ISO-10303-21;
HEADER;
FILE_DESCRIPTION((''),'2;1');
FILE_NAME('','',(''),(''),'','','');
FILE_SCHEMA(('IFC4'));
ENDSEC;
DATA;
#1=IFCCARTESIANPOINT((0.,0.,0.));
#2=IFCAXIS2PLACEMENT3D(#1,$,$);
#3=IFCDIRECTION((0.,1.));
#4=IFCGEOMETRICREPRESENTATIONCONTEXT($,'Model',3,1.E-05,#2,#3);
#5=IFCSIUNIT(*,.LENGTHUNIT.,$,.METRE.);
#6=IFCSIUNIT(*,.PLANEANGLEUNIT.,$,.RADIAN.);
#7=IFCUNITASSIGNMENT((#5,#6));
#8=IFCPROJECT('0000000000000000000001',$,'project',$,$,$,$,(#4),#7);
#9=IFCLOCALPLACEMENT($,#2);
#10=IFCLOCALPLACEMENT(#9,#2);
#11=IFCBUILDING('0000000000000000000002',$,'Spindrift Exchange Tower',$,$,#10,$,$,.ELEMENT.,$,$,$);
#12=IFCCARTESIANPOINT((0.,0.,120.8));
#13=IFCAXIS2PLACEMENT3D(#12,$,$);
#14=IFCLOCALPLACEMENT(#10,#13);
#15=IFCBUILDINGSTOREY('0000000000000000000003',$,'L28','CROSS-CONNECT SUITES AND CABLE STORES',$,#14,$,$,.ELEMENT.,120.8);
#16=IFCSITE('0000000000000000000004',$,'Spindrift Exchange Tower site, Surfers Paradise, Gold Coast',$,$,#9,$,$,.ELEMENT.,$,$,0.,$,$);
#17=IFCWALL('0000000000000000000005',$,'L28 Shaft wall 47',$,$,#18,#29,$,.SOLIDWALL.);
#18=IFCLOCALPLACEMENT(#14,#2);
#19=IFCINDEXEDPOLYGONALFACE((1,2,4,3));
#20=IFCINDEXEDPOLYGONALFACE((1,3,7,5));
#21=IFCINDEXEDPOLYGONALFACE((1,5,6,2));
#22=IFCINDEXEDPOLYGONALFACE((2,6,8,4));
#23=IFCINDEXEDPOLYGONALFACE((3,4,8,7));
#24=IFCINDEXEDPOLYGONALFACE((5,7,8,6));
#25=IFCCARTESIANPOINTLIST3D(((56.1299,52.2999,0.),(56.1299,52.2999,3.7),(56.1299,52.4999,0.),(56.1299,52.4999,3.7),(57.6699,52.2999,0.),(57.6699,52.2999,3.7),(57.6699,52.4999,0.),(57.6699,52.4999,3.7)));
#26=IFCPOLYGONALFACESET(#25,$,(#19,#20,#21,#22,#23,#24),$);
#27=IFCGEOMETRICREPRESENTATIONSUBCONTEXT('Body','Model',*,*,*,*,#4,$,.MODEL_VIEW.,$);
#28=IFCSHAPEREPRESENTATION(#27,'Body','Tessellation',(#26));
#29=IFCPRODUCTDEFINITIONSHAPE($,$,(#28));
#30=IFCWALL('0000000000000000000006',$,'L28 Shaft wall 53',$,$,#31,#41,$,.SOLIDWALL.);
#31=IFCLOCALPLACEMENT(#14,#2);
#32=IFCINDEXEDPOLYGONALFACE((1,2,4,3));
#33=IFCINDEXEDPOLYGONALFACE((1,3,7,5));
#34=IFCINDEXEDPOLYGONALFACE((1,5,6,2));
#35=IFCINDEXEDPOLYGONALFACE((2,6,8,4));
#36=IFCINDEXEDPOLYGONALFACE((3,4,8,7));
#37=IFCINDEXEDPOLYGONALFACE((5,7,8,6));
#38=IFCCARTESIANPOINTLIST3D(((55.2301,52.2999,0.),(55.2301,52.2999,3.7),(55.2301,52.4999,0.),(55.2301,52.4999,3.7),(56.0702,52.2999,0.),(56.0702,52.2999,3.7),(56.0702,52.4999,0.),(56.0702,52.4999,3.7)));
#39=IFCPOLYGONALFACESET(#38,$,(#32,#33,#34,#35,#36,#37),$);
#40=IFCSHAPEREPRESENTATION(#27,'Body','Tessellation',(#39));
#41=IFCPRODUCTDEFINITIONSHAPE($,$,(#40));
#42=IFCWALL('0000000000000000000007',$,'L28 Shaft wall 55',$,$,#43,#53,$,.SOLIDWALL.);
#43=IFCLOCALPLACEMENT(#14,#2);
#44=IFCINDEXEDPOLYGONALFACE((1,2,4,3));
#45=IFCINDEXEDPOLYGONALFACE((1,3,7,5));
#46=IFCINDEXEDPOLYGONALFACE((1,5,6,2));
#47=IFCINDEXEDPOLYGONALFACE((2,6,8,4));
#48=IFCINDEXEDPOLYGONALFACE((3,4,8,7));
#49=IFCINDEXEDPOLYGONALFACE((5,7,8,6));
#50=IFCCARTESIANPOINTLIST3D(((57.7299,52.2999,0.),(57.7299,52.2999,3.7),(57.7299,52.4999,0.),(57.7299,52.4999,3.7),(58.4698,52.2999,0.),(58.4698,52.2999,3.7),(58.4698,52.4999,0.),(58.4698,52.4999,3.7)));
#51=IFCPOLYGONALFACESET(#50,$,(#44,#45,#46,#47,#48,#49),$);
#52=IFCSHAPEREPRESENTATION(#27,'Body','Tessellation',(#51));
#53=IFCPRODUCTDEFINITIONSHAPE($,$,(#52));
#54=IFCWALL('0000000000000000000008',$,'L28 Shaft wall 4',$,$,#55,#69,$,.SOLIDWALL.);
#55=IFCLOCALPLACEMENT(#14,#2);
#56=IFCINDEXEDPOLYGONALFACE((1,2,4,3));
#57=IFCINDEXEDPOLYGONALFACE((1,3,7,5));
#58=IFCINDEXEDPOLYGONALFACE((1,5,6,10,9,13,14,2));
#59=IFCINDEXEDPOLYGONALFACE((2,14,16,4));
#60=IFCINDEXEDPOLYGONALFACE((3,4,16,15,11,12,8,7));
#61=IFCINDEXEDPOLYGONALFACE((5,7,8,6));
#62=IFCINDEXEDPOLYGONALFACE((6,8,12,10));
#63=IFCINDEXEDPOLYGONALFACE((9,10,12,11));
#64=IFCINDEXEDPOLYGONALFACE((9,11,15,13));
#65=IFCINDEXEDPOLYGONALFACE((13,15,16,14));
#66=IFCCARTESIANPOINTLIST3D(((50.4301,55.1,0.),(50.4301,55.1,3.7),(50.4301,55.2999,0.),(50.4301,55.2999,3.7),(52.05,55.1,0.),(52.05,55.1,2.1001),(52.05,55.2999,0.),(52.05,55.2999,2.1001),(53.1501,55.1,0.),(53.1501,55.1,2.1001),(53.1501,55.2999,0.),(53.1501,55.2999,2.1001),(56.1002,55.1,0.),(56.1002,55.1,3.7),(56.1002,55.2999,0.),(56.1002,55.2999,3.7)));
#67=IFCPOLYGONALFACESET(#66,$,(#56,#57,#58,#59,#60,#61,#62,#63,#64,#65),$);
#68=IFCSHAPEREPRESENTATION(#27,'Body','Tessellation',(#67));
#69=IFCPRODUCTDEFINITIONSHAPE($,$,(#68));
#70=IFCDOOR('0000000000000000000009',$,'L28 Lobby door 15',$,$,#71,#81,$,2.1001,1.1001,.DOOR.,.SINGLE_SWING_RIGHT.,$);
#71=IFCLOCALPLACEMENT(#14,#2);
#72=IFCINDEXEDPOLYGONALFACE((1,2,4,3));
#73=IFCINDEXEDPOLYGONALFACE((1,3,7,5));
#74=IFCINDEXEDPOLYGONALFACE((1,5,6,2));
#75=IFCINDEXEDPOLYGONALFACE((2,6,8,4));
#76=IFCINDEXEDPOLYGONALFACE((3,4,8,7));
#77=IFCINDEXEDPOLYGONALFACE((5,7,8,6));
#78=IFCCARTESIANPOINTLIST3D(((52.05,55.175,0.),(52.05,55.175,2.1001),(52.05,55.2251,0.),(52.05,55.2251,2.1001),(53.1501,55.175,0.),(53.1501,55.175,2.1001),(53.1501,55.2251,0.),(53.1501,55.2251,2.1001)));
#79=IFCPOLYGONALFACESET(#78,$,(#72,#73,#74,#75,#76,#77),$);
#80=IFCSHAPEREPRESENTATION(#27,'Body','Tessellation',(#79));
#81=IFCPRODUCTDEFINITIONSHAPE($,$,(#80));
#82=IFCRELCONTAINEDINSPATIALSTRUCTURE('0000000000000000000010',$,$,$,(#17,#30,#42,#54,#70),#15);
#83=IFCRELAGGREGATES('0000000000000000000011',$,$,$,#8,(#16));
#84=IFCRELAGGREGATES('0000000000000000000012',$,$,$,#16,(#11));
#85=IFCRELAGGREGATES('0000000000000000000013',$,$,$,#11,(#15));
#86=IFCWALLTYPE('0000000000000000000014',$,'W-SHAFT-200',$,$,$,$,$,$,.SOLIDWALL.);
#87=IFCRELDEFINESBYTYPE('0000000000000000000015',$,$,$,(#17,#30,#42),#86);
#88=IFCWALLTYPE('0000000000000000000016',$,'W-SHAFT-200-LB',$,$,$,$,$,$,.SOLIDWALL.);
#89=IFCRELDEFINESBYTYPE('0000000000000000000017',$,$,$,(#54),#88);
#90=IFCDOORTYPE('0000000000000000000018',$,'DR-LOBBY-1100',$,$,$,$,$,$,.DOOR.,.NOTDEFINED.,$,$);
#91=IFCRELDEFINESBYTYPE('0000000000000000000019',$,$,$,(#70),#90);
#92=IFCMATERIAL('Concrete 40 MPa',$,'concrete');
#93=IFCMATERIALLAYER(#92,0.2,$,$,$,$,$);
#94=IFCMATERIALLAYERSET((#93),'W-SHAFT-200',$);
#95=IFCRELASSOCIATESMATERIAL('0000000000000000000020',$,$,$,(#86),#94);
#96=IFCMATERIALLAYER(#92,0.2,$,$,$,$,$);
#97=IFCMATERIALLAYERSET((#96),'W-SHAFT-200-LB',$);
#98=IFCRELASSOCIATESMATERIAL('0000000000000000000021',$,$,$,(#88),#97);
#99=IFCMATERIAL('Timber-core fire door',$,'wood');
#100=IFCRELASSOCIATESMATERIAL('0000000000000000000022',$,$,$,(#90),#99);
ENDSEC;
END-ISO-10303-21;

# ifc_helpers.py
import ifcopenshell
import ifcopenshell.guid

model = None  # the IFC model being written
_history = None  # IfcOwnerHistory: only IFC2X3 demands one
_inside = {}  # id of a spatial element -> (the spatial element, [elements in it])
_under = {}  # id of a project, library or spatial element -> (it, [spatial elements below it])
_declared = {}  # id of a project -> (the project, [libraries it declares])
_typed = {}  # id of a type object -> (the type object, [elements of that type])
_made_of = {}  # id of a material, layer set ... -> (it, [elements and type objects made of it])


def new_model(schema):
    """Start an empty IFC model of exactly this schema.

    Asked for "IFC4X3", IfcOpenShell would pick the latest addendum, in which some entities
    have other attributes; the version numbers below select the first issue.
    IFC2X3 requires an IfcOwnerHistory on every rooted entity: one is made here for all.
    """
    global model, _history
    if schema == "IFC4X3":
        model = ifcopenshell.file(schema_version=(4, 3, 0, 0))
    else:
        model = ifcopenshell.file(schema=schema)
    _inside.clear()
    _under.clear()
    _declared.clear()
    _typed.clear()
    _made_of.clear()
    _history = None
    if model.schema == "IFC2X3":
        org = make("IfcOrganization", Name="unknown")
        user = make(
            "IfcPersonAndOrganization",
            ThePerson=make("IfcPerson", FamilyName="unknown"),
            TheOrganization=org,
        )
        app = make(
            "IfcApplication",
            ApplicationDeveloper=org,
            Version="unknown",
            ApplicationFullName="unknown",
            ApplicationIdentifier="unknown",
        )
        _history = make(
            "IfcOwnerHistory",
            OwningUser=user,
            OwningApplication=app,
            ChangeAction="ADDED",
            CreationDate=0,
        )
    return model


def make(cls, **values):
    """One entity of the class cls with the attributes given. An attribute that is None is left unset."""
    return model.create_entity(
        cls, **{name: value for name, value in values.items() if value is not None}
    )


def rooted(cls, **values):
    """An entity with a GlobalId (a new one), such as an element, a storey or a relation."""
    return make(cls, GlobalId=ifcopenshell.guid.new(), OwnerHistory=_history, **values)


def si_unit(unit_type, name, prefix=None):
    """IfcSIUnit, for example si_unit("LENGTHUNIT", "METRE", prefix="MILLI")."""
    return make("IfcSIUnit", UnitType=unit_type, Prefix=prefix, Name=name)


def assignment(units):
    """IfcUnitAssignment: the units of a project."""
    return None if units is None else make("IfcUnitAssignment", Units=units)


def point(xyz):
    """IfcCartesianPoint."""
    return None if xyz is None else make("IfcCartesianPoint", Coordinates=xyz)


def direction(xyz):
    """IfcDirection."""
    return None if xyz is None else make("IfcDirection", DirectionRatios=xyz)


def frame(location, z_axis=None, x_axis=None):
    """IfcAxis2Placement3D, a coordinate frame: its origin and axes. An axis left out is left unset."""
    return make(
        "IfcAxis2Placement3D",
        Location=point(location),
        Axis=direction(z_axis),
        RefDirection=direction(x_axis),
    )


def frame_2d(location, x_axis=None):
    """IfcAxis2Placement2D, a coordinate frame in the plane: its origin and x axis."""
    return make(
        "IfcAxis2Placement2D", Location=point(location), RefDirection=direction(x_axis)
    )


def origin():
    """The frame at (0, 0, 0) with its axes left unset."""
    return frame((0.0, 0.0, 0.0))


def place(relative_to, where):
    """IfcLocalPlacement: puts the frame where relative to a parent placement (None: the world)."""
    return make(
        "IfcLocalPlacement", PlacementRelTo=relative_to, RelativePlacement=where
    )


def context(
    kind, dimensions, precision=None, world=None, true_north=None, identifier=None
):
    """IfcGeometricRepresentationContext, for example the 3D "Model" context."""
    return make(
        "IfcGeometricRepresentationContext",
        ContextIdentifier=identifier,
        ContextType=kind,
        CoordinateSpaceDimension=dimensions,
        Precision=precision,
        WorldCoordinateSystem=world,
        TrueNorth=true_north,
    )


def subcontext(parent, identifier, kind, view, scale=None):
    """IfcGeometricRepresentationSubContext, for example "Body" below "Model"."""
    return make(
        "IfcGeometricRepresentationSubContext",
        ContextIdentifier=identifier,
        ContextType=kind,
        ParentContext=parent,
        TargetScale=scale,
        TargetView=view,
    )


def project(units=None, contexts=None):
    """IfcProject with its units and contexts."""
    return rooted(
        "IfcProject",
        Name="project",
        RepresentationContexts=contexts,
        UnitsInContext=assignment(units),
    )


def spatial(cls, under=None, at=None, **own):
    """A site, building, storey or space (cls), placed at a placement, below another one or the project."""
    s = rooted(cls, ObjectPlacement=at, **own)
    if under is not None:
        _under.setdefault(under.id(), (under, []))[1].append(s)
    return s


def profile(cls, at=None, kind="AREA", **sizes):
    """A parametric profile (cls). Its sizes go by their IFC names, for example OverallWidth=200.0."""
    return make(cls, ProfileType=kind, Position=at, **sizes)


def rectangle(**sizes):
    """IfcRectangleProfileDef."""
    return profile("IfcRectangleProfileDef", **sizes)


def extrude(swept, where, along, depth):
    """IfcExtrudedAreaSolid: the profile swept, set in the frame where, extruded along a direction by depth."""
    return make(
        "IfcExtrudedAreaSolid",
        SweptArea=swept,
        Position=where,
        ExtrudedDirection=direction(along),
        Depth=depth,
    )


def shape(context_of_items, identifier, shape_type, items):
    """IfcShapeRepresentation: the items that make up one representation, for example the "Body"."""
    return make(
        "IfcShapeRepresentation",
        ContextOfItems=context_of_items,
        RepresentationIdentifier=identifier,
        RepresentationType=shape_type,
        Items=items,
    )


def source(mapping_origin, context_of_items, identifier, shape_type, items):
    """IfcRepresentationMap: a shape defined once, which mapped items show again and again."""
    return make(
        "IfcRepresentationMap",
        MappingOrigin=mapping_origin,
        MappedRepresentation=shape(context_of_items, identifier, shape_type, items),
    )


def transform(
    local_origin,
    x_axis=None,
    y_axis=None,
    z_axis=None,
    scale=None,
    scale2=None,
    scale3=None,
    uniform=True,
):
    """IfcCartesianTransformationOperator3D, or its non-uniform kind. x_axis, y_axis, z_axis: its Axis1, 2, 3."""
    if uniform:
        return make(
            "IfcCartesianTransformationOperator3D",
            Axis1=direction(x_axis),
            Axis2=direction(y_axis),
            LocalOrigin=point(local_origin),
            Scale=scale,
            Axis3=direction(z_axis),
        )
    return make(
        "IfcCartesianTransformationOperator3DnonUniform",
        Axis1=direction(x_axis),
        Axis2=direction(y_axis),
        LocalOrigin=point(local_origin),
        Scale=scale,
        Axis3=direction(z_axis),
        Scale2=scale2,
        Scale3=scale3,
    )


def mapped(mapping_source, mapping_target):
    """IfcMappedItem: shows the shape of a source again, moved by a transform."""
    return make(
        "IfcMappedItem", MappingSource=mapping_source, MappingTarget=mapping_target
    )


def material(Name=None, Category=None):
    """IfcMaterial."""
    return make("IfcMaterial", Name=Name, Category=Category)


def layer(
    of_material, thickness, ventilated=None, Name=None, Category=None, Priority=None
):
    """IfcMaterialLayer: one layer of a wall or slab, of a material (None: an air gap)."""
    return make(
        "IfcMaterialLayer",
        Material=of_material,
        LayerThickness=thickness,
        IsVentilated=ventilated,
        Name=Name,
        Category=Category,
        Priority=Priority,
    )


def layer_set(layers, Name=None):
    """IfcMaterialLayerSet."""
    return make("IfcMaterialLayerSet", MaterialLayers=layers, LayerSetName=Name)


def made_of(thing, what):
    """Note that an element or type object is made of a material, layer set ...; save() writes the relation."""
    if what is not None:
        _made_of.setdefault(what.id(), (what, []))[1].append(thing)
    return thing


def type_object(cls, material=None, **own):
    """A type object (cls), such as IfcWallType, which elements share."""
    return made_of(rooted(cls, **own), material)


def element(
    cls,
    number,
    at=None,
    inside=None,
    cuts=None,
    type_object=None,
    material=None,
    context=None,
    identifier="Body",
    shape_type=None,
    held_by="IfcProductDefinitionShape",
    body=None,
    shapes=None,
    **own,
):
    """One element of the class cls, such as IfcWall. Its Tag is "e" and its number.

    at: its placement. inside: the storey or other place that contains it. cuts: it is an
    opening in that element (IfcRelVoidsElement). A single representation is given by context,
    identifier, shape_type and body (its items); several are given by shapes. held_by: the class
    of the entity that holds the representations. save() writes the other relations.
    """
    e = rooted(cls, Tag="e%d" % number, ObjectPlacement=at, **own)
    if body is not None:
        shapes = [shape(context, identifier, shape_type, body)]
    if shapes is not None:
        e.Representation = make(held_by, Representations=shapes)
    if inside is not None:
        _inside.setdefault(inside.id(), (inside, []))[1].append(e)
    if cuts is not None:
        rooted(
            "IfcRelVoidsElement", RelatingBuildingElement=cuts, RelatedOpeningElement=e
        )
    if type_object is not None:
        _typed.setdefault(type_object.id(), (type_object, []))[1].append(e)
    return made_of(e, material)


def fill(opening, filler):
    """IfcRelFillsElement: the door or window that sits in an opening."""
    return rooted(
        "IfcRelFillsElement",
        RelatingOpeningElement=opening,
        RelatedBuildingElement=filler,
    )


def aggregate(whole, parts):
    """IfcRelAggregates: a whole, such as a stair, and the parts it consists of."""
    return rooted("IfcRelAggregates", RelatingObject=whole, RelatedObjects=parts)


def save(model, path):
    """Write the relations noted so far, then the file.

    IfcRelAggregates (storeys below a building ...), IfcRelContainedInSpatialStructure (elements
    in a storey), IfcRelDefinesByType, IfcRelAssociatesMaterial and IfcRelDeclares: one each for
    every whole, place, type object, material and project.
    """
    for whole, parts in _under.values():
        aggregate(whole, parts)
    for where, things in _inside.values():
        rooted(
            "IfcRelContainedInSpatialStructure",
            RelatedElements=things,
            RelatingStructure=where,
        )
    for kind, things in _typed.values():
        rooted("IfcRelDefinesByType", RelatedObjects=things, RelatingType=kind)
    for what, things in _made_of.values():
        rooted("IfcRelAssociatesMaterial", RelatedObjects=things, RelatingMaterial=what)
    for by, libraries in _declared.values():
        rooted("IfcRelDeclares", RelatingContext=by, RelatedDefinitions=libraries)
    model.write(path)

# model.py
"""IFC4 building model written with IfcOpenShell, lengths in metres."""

from ifc_helpers import new_model, si_unit, direction, frame, frame_2d, origin, place, context, subcontext, project, spatial, rectangle, extrude, source, transform, mapped, material, layer, layer_set, type_object, element, fill, save


model = new_model("IFC4")

# Units and contexts
model_context = context("Model", 3, precision=1e-05, world=origin(), true_north=direction((0.0, 1.0)))
body_context = subcontext(model_context, "Body", "Model", "MODEL_VIEW")
ifc_project = project(units=[si_unit("LENGTHUNIT", "METRE"), si_unit("PLANEANGLEUNIT", "RADIAN")], contexts=[model_context])

# Site, building, storey
site_placement = place(None, origin())
site = spatial("IfcSite", under=ifc_project, at=site_placement, Name="Spindrift Exchange Tower site, Surfers Paradise, Gold Coast", CompositionType="ELEMENT", RefElevation=0.0)
building_placement = place(site_placement, origin())
building = spatial("IfcBuilding", under=site, at=building_placement, Name="Spindrift Exchange Tower", CompositionType="ELEMENT")
storey_placement = place(building_placement, frame((0.0, 0.0, 120.8)))
storey = spatial("IfcBuildingStorey", under=building, at=storey_placement, Name="L28", Description="CROSS-CONNECT SUITES AND CABLE STORES", CompositionType="ELEMENT", Elevation=120.8)

# Shared definitions
ifc_material_1 = material(Name="Concrete 40 MPa", Category="concrete")
ifc_layer_1 = layer(ifc_material_1, 0.2)
ifc_layer_set_1 = layer_set([ifc_layer_1], Name="W-SHAFT-200")
wall_type_1 = type_object("IfcWallType", Name="W-SHAFT-200", PredefinedType="SOLIDWALL", material=ifc_layer_set_1)

# Walls
wall_1_placement = place(storey_placement, frame((57.6699, 52.3999, 0.0), z_axis=(0.0, 0.0, 1.0), x_axis=(-1.0, 0.0, 0.0)))
element("IfcWall", 1, at=wall_1_placement, inside=storey, type_object=wall_type_1, Name="L28 Shaft wall 47", PredefinedType="SOLIDWALL", context=body_context, shape_type="SweptSolid", body=[
    extrude(rectangle(XDim=1.54, YDim=0.2, at=frame_2d((0.77, 0.0))), origin(), (0.0, 0.0, 1.0), 3.7),
])
wall_2_placement = place(storey_placement, frame((56.0701, 52.3999, 0.0), z_axis=(0.0, 0.0, 1.0), x_axis=(-1.0, 0.0, 0.0)))
element("IfcWall", 2, at=wall_2_placement, inside=storey, type_object=wall_type_1, Name="L28 Shaft wall 53", PredefinedType="SOLIDWALL", context=body_context, shape_type="SweptSolid", body=[
    extrude(rectangle(XDim=0.8401, YDim=0.2, at=frame_2d((0.4199, 0.0))), origin(), (0.0, 0.0, 1.0), 3.7),
])
wall_3_placement = place(storey_placement, frame((58.47, 52.3999, 0.0), z_axis=(0.0, 0.0, 1.0), x_axis=(-1.0, 0.0, 0.0)))
element("IfcWall", 3, at=wall_3_placement, inside=storey, type_object=wall_type_1, Name="L28 Shaft wall 55", PredefinedType="SOLIDWALL", context=body_context, shape_type="SweptSolid", body=[
    extrude(rectangle(XDim=0.74, YDim=0.2, at=frame_2d((0.3701, 0.0))), origin(), (0.0, 0.0, 1.0), 3.7),
])

# Wall, opening, door
ifc_layer_2 = layer(ifc_material_1, 0.2)
ifc_layer_set_2 = layer_set([ifc_layer_2], Name="W-SHAFT-200-LB")
wall_type_2 = type_object("IfcWallType", Name="W-SHAFT-200-LB", PredefinedType="SOLIDWALL", material=ifc_layer_set_2)
wall_4_placement = place(storey_placement, frame((56.1001, 55.2, 0.0), z_axis=(0.0, 0.0, 1.0), x_axis=(-1.0, 0.0, 0.0)))
wall_4 = element("IfcWall", 4, at=wall_4_placement, inside=storey, type_object=wall_type_2, Name="L28 Shaft wall 4", PredefinedType="SOLIDWALL", context=body_context, shape_type="SweptSolid", body=[
    extrude(rectangle(XDim=5.6702, YDim=0.2, at=frame_2d((2.835, 0.0))), origin(), (0.0, 0.0, 1.0), 3.7),
])
opening_1_placement = place(wall_4_placement, frame((2.95, 0.0, 0.0)))
opening_1 = element("IfcOpeningElement", 5, at=opening_1_placement, cuts=wall_4, PredefinedType="OPENING", context=body_context, shape_type="SweptSolid", body=[
    extrude(rectangle(XDim=1.1001, YDim=2.1001, at=frame_2d((0.55, 1.05))), frame((0.0, 0.1099, 0.0), z_axis=(0.0, -1.0, 0.0), x_axis=(1.0, 0.0, 0.0)), (0.0, 0.0, 1.0), 0.22),
])
ifc_material_2 = material(Name="Timber-core fire door", Category="wood")
door_type_1 = type_object("IfcDoorType", Name="DR-LOBBY-1100", OperationType="NOTDEFINED", PredefinedType="DOOR", material=ifc_material_2)
shared_shape_1 = source(origin(), body_context, "Body", "SweptSolid", [
    extrude(rectangle(XDim=1.1001, YDim=2.1001, at=frame_2d((0.55, 1.05))), frame((0.0, 0.0249, 0.0), z_axis=(0.0, -1.0, 0.0), x_axis=(1.0, 0.0, 0.0)), (0.0, 0.0, 1.0), 0.05),
])
door_1_placement = place(opening_1_placement, origin())
door_1 = element("IfcDoor", 6, at=door_1_placement, inside=storey, type_object=door_type_1, Name="L28 Lobby door 15", OperationType="SINGLE_SWING_RIGHT", OverallHeight=2.1001, OverallWidth=1.1001, PredefinedType="DOOR", context=body_context, shape_type="MappedRepresentation", body=[
    mapped(shared_shape_1, transform((0.0, 0.0, 0.0), scale=1.0)),
])
fill(opening_1, door_1)

save(model, "model.ifc")
